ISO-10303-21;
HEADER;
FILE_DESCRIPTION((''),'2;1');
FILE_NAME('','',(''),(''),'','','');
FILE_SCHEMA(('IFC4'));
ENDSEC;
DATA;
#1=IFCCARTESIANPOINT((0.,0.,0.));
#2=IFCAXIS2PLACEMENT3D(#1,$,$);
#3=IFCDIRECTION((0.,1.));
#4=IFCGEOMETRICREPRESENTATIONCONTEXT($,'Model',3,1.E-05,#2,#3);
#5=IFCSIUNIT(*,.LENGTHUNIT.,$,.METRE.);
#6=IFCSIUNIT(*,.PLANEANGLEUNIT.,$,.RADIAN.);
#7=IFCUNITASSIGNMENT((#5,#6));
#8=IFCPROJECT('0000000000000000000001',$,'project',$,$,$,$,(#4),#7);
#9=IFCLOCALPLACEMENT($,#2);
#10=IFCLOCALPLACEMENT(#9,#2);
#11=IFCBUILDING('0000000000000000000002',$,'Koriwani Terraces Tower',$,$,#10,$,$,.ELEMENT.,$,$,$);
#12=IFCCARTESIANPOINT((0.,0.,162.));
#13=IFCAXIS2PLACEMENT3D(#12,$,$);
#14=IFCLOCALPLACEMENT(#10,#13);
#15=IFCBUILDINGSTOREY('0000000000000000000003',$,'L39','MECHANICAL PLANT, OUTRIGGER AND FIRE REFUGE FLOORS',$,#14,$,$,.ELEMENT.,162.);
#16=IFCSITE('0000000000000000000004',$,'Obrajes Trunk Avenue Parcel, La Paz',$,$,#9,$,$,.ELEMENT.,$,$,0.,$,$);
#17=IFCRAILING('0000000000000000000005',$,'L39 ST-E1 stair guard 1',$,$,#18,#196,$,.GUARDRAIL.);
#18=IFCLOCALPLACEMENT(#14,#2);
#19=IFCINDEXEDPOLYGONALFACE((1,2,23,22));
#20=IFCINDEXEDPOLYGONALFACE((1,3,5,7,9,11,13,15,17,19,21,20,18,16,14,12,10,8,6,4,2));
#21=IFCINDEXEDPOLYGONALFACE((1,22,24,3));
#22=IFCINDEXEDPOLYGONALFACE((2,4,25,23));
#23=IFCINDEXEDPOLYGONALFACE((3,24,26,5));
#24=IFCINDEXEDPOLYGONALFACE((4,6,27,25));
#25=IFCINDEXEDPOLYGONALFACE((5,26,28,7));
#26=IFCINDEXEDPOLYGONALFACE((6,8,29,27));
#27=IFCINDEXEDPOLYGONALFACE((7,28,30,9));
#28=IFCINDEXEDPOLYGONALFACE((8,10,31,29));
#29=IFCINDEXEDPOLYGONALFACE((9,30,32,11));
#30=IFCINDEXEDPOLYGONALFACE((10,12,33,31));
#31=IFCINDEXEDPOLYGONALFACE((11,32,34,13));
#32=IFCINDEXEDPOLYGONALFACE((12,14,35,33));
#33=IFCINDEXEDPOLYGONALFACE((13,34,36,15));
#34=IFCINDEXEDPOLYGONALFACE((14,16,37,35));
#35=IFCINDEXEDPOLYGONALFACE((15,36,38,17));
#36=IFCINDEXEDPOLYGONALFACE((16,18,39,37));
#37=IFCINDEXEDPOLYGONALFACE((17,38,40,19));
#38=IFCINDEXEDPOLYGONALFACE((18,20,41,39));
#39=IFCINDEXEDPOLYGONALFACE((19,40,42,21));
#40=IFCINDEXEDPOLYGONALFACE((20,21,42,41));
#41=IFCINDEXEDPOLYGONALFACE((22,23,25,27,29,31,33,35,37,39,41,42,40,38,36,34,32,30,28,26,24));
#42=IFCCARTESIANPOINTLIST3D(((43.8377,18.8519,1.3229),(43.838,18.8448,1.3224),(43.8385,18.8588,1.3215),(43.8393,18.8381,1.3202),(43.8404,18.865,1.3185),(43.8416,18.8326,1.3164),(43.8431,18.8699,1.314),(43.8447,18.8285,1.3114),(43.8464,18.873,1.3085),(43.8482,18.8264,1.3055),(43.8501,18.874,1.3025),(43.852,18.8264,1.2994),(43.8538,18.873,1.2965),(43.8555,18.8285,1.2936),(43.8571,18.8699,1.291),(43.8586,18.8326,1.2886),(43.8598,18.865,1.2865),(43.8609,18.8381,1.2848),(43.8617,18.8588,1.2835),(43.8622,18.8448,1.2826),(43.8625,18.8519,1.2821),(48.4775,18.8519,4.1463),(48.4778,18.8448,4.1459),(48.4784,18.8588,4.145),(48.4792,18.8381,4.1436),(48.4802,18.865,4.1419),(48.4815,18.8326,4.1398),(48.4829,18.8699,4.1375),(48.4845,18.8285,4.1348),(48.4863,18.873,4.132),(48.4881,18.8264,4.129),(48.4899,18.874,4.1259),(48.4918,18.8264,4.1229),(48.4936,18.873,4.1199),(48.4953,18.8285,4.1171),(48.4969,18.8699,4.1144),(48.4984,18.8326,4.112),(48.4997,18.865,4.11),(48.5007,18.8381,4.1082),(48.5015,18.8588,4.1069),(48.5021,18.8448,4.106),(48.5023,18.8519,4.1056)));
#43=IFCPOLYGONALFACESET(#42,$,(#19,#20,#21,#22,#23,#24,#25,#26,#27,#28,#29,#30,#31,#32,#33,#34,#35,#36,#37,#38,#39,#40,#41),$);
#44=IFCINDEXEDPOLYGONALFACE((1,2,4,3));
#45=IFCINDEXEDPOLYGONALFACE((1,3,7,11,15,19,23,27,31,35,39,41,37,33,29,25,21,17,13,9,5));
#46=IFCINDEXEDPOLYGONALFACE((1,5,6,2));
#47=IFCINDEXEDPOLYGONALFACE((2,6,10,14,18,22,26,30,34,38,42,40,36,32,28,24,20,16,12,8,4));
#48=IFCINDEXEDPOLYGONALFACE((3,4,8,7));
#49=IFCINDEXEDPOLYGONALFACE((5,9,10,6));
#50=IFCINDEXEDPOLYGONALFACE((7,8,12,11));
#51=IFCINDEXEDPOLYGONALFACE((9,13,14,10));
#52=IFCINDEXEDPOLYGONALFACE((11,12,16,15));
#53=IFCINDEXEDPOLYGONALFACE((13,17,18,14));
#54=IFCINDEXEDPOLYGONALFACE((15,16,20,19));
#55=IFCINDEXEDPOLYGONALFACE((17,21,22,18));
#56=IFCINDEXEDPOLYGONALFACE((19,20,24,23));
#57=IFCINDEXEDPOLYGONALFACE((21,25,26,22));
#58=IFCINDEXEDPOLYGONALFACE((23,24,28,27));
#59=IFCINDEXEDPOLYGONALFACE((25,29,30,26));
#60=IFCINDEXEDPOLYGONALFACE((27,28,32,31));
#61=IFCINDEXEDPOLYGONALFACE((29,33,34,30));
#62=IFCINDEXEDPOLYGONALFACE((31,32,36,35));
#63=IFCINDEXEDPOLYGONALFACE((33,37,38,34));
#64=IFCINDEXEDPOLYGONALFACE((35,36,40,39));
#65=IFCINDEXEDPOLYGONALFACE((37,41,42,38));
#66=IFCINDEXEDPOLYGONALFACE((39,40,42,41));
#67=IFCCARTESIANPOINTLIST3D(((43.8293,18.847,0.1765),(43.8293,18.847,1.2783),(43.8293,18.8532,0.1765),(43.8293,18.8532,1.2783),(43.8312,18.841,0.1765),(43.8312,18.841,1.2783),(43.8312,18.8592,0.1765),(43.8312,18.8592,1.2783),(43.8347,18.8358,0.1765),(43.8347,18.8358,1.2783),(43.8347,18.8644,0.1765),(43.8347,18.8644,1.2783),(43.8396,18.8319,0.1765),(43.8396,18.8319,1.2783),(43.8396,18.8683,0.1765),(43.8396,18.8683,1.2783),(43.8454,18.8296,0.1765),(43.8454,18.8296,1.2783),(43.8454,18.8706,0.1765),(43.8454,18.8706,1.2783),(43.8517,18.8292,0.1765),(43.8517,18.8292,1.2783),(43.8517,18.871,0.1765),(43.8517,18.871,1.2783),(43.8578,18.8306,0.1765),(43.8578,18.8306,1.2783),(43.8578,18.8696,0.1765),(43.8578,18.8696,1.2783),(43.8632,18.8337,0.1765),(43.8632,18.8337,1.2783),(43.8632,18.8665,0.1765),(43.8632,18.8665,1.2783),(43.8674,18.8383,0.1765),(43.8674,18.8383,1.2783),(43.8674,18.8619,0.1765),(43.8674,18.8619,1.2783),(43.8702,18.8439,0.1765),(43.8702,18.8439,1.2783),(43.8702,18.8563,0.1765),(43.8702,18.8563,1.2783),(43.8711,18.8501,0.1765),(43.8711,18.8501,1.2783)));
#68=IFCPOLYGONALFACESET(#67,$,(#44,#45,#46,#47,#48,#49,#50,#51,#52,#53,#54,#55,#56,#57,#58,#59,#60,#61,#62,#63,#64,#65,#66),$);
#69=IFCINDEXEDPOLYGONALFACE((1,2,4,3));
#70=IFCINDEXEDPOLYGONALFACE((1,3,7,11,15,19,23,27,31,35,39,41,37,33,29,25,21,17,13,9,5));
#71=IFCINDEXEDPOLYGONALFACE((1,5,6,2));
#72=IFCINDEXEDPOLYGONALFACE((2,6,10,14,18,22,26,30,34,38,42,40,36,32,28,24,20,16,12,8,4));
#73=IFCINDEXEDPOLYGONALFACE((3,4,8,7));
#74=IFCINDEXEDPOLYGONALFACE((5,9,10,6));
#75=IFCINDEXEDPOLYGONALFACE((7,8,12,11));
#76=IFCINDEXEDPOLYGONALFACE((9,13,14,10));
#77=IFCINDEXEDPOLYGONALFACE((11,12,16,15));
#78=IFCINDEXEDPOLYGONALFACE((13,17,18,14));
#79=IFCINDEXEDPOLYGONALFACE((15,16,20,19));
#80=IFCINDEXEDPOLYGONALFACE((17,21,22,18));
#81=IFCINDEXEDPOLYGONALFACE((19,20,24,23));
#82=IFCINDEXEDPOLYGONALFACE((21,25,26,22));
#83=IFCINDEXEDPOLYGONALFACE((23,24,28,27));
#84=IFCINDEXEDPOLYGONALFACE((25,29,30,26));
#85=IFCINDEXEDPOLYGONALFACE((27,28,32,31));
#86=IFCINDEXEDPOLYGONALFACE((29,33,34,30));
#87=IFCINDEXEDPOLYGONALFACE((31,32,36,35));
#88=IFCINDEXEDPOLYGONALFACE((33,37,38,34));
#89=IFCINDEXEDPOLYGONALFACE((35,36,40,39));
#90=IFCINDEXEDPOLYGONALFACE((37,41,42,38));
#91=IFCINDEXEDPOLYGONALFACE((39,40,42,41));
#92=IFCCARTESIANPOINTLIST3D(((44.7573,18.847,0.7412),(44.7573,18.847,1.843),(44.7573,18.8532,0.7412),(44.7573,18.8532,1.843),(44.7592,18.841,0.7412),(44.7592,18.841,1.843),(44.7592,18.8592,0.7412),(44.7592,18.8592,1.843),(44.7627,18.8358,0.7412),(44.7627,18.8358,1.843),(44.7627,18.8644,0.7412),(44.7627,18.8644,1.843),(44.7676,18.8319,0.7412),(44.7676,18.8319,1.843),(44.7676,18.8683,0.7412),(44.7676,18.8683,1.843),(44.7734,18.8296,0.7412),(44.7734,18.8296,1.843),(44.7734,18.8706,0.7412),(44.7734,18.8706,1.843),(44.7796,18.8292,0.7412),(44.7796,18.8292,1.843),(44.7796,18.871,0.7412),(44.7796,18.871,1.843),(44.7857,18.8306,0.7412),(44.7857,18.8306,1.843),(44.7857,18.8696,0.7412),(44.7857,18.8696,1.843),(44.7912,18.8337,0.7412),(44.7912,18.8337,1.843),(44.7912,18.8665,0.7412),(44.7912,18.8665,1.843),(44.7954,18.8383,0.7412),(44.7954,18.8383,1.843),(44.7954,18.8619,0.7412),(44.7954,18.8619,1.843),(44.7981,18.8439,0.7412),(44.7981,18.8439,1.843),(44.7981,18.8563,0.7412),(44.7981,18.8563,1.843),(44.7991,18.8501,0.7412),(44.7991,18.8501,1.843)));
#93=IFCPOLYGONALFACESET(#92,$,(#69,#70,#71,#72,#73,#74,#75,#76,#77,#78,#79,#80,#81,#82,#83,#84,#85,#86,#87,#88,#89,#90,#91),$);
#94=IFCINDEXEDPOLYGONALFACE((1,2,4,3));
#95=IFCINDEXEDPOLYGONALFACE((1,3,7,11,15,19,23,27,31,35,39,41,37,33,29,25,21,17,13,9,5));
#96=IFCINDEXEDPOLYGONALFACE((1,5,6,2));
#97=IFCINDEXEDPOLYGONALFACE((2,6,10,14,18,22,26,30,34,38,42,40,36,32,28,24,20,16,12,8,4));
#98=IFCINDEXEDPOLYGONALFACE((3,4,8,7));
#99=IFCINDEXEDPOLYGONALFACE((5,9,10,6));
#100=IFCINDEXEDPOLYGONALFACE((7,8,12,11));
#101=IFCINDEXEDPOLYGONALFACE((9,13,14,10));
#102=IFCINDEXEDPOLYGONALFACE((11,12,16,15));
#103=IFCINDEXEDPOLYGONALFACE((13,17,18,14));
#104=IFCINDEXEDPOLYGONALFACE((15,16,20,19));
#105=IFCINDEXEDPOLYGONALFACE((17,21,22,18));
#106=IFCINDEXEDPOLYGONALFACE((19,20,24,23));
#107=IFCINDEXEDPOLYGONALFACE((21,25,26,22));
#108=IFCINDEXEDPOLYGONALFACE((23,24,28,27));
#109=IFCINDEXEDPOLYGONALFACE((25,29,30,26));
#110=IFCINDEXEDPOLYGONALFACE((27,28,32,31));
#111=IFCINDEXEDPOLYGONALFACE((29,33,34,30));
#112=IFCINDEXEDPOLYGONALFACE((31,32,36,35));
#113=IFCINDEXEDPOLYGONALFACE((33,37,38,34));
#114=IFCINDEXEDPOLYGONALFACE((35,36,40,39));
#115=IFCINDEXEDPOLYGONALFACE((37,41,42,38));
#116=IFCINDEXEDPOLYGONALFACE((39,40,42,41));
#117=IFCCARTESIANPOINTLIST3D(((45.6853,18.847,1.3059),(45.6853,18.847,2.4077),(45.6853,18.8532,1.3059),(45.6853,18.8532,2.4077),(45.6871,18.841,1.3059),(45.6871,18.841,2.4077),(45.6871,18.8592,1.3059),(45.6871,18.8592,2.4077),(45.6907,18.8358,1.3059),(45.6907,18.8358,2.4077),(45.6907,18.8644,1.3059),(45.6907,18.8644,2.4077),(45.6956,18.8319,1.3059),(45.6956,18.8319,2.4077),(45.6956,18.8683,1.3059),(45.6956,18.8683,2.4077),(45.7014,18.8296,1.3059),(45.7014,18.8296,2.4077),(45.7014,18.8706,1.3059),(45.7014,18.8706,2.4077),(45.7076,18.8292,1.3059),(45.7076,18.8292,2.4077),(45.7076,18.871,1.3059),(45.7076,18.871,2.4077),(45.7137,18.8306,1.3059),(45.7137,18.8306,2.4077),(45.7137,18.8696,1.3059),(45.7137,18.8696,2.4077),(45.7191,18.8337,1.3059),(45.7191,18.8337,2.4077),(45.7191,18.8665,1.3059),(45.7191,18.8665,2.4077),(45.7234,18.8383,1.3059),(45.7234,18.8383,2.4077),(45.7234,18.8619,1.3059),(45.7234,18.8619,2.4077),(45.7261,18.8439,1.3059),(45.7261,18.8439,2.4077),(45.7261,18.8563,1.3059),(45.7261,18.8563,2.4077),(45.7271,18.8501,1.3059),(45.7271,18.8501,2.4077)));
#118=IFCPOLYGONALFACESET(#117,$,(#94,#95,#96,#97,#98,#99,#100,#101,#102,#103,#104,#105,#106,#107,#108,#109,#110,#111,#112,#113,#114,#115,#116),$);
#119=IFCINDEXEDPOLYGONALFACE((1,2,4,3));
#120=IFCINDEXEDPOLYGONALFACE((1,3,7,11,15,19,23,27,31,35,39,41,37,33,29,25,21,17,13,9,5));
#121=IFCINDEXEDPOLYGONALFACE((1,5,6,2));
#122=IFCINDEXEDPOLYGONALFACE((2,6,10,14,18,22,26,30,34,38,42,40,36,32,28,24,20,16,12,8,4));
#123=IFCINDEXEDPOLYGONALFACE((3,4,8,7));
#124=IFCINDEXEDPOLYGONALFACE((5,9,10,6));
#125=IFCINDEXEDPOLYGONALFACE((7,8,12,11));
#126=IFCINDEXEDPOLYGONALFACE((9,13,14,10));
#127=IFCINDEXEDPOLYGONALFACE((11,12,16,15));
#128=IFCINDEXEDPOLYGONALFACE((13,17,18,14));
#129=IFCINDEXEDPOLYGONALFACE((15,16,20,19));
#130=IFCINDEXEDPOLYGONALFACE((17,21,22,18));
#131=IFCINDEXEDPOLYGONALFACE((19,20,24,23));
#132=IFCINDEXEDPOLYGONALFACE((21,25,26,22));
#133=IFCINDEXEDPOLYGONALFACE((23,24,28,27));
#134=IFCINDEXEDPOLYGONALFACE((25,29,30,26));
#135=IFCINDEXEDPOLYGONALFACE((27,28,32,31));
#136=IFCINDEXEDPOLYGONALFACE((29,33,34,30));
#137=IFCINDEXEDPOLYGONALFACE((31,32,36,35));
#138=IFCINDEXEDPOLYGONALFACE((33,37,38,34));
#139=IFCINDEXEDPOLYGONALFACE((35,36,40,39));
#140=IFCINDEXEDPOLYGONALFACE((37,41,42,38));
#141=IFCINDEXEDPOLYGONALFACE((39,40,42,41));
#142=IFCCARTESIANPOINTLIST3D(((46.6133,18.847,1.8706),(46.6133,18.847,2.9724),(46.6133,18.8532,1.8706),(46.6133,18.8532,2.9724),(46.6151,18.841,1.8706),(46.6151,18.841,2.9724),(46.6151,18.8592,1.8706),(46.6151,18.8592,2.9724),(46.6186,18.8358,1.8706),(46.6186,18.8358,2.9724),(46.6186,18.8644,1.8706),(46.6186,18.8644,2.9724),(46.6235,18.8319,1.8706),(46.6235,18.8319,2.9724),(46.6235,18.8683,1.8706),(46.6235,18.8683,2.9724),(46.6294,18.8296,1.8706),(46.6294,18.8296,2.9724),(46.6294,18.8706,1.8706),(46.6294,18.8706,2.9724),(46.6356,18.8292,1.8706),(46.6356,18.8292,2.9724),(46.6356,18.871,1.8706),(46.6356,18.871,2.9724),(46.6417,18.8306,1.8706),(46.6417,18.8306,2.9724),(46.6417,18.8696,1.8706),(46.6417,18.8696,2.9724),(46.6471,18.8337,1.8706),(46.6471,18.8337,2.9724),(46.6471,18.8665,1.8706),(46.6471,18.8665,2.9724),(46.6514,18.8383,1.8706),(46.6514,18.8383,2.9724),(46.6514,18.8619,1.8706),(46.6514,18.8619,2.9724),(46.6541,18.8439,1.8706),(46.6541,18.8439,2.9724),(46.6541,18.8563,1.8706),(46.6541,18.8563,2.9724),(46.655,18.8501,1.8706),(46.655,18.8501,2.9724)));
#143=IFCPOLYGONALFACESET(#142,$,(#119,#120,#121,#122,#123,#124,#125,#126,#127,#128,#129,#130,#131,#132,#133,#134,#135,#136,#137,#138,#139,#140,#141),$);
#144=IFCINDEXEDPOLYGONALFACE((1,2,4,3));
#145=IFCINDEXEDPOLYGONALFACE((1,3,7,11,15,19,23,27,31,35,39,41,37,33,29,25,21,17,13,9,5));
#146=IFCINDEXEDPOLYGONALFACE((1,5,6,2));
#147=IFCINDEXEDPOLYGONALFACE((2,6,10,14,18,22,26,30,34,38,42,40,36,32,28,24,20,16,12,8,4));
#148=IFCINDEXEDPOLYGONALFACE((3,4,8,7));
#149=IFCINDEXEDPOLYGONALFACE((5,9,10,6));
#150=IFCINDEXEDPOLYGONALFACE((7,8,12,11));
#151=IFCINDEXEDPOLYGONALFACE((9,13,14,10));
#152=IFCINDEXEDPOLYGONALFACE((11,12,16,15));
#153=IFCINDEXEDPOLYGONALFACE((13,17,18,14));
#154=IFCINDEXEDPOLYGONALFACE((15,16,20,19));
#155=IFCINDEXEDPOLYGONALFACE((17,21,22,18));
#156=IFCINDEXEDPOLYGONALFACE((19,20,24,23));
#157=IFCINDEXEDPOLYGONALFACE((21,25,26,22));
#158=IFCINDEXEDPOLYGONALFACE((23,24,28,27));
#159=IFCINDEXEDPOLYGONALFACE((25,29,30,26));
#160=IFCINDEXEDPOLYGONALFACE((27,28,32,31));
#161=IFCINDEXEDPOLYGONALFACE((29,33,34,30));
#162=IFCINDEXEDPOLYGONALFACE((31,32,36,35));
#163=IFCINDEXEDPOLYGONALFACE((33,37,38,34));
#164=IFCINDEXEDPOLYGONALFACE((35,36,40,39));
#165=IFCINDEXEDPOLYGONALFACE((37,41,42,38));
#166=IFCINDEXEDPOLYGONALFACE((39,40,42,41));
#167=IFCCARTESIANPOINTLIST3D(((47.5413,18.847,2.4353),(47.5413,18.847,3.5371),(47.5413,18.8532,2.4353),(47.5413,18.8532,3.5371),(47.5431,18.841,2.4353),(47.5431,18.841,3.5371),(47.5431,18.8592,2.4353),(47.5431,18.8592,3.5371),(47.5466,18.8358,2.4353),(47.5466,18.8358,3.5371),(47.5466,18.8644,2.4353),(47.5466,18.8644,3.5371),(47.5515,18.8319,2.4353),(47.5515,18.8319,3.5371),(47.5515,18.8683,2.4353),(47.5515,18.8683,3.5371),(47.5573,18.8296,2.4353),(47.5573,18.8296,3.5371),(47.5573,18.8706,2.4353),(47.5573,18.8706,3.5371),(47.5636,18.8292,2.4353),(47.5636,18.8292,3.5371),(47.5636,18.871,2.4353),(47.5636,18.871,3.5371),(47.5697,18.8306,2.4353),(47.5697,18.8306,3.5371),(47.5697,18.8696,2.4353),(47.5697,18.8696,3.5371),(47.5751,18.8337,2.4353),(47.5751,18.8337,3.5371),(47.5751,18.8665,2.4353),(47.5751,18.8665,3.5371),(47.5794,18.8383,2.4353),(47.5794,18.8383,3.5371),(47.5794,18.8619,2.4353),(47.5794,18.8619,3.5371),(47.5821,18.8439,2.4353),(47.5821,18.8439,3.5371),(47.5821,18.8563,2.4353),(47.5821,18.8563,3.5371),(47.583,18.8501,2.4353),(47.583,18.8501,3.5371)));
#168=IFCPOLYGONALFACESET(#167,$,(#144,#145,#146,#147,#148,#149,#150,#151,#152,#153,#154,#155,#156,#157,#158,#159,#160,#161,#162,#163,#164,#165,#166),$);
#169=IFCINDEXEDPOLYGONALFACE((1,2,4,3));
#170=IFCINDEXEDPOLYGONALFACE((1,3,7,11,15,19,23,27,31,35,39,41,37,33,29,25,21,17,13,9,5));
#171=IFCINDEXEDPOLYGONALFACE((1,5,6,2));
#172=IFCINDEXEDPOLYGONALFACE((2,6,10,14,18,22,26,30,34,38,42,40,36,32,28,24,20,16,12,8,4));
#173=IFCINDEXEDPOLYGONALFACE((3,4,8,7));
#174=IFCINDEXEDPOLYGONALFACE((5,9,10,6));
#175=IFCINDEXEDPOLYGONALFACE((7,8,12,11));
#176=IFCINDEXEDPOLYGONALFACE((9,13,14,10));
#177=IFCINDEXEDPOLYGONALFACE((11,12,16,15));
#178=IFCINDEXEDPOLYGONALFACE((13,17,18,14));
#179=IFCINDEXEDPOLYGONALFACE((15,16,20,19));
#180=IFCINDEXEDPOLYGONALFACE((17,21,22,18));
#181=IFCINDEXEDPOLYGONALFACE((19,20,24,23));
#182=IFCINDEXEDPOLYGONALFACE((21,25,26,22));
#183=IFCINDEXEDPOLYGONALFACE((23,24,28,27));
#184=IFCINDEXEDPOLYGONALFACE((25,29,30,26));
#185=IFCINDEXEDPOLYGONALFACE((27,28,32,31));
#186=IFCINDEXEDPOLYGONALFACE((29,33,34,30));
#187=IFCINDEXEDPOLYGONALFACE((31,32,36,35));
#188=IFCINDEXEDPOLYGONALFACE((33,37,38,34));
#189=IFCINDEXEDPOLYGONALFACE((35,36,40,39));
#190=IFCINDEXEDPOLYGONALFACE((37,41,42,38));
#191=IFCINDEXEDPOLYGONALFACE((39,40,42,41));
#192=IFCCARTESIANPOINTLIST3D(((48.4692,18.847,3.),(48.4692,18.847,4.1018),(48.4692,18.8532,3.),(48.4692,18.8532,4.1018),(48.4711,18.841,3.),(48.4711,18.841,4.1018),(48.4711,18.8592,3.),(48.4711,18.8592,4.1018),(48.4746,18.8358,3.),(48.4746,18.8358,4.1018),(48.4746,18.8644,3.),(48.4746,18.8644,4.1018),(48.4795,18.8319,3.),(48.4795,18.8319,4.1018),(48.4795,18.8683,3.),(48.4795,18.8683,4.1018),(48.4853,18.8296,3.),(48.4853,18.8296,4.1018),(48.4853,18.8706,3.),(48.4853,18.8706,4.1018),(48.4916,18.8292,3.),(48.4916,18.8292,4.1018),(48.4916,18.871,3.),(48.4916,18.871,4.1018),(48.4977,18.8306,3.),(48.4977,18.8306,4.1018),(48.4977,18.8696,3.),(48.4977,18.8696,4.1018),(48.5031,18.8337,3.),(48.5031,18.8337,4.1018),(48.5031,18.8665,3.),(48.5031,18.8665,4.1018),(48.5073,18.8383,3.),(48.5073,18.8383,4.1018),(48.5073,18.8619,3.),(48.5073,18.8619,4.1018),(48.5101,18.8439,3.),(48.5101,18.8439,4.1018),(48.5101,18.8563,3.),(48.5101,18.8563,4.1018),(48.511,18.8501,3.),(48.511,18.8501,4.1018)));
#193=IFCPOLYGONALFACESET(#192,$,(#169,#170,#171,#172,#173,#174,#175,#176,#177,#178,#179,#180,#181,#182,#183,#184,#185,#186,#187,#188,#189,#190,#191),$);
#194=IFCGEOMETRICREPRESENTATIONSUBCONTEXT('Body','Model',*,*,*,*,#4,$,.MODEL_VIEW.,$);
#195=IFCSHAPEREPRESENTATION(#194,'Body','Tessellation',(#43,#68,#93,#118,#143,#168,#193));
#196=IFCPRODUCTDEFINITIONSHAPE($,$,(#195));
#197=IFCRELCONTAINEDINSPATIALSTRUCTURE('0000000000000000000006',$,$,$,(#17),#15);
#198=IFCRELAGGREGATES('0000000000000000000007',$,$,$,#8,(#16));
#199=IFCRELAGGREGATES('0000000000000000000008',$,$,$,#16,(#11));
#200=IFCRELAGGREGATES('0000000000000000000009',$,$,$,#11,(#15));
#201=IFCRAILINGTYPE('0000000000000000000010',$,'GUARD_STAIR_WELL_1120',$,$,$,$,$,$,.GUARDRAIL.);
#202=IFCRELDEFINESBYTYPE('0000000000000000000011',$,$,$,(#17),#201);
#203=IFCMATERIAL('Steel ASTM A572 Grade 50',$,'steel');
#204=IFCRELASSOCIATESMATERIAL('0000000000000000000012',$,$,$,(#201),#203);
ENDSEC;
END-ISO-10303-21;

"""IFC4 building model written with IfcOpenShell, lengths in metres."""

from ifc_helpers import new_model, si_unit, direction, frame, origin, origin_2d, place, context, subcontext, project, spatial, circle, extrude, material, type_object, element, save


model = new_model("IFC4")

# Units and contexts
model_context = context("Model", 3, precision=1e-05, world=origin(), true_north=direction((0.0, 1.0)))
body_context = subcontext(model_context, "Body", "Model", "MODEL_VIEW")
ifc_project = project(units=[si_unit("LENGTHUNIT", "METRE"), si_unit("PLANEANGLEUNIT", "RADIAN")], contexts=[model_context])

# Site, building, storey
site_placement = place(None, origin())
site = spatial("IfcSite", under=ifc_project, at=site_placement, Name="Obrajes Trunk Avenue Parcel, La Paz", CompositionType="ELEMENT", RefElevation=0.0)
building_placement = place(site_placement, origin())
building = spatial("IfcBuilding", under=site, at=building_placement, Name="Koriwani Terraces Tower", CompositionType="ELEMENT")
storey_placement = place(building_placement, frame((0.0, 0.0, 162.0)))
storey = spatial("IfcBuildingStorey", under=building, at=storey_placement, Name="L39", Description="MECHANICAL PLANT, OUTRIGGER AND FIRE REFUGE FLOORS", CompositionType="ELEMENT", Elevation=162.0)

# Shared definitions
ifc_material_1 = material(Name="Steel ASTM A572 Grade 50", Category="steel")

# Railing
railing_type_1 = type_object("IfcRailingType", Name="GUARD_STAIR_WELL_1120", PredefinedType="GUARDRAIL", material=ifc_material_1)
railing_1_placement = place(storey_placement, frame((43.8501, 18.8501, 0.1765)))
element("IfcRailing", 1, at=railing_1_placement, inside=storey, type_object=railing_type_1, Name="L39 ST-E1 stair guard 1", PredefinedType="GUARDRAIL", context=body_context, shape_type="SweptSolid", body=[
    extrude(circle(Radius=0.0239, at=origin_2d()), frame((0.0, 0.0, 1.126), z_axis=(0.854264, 0.0, 0.51984), x_axis=(0.0, 1.0, 0.0)), (0.0, 0.0, 1.0), 5.4314),
    extrude(circle(Radius=0.021, at=origin_2d()), origin(), (0.0, 0.0, 1.0), 1.1018),
    extrude(circle(Radius=0.021, at=origin_2d()), frame((0.928, 0.0, 0.5647)), (0.0, 0.0, 1.0), 1.1018),
    extrude(circle(Radius=0.021, at=origin_2d()), frame((1.856, 0.0, 1.1294)), (0.0, 0.0, 1.0), 1.1018),
    extrude(circle(Radius=0.021, at=origin_2d()), frame((2.7839, 0.0, 1.6941)), (0.0, 0.0, 1.0), 1.1018),
    extrude(circle(Radius=0.021, at=origin_2d()), frame((3.7119, 0.0, 2.2588)), (0.0, 0.0, 1.0), 1.1018),
    extrude(circle(Radius=0.021, at=origin_2d()), frame((4.6399, 0.0, 2.8235)), (0.0, 0.0, 1.0), 1.1018),
])

save(model, "model.ifc")
